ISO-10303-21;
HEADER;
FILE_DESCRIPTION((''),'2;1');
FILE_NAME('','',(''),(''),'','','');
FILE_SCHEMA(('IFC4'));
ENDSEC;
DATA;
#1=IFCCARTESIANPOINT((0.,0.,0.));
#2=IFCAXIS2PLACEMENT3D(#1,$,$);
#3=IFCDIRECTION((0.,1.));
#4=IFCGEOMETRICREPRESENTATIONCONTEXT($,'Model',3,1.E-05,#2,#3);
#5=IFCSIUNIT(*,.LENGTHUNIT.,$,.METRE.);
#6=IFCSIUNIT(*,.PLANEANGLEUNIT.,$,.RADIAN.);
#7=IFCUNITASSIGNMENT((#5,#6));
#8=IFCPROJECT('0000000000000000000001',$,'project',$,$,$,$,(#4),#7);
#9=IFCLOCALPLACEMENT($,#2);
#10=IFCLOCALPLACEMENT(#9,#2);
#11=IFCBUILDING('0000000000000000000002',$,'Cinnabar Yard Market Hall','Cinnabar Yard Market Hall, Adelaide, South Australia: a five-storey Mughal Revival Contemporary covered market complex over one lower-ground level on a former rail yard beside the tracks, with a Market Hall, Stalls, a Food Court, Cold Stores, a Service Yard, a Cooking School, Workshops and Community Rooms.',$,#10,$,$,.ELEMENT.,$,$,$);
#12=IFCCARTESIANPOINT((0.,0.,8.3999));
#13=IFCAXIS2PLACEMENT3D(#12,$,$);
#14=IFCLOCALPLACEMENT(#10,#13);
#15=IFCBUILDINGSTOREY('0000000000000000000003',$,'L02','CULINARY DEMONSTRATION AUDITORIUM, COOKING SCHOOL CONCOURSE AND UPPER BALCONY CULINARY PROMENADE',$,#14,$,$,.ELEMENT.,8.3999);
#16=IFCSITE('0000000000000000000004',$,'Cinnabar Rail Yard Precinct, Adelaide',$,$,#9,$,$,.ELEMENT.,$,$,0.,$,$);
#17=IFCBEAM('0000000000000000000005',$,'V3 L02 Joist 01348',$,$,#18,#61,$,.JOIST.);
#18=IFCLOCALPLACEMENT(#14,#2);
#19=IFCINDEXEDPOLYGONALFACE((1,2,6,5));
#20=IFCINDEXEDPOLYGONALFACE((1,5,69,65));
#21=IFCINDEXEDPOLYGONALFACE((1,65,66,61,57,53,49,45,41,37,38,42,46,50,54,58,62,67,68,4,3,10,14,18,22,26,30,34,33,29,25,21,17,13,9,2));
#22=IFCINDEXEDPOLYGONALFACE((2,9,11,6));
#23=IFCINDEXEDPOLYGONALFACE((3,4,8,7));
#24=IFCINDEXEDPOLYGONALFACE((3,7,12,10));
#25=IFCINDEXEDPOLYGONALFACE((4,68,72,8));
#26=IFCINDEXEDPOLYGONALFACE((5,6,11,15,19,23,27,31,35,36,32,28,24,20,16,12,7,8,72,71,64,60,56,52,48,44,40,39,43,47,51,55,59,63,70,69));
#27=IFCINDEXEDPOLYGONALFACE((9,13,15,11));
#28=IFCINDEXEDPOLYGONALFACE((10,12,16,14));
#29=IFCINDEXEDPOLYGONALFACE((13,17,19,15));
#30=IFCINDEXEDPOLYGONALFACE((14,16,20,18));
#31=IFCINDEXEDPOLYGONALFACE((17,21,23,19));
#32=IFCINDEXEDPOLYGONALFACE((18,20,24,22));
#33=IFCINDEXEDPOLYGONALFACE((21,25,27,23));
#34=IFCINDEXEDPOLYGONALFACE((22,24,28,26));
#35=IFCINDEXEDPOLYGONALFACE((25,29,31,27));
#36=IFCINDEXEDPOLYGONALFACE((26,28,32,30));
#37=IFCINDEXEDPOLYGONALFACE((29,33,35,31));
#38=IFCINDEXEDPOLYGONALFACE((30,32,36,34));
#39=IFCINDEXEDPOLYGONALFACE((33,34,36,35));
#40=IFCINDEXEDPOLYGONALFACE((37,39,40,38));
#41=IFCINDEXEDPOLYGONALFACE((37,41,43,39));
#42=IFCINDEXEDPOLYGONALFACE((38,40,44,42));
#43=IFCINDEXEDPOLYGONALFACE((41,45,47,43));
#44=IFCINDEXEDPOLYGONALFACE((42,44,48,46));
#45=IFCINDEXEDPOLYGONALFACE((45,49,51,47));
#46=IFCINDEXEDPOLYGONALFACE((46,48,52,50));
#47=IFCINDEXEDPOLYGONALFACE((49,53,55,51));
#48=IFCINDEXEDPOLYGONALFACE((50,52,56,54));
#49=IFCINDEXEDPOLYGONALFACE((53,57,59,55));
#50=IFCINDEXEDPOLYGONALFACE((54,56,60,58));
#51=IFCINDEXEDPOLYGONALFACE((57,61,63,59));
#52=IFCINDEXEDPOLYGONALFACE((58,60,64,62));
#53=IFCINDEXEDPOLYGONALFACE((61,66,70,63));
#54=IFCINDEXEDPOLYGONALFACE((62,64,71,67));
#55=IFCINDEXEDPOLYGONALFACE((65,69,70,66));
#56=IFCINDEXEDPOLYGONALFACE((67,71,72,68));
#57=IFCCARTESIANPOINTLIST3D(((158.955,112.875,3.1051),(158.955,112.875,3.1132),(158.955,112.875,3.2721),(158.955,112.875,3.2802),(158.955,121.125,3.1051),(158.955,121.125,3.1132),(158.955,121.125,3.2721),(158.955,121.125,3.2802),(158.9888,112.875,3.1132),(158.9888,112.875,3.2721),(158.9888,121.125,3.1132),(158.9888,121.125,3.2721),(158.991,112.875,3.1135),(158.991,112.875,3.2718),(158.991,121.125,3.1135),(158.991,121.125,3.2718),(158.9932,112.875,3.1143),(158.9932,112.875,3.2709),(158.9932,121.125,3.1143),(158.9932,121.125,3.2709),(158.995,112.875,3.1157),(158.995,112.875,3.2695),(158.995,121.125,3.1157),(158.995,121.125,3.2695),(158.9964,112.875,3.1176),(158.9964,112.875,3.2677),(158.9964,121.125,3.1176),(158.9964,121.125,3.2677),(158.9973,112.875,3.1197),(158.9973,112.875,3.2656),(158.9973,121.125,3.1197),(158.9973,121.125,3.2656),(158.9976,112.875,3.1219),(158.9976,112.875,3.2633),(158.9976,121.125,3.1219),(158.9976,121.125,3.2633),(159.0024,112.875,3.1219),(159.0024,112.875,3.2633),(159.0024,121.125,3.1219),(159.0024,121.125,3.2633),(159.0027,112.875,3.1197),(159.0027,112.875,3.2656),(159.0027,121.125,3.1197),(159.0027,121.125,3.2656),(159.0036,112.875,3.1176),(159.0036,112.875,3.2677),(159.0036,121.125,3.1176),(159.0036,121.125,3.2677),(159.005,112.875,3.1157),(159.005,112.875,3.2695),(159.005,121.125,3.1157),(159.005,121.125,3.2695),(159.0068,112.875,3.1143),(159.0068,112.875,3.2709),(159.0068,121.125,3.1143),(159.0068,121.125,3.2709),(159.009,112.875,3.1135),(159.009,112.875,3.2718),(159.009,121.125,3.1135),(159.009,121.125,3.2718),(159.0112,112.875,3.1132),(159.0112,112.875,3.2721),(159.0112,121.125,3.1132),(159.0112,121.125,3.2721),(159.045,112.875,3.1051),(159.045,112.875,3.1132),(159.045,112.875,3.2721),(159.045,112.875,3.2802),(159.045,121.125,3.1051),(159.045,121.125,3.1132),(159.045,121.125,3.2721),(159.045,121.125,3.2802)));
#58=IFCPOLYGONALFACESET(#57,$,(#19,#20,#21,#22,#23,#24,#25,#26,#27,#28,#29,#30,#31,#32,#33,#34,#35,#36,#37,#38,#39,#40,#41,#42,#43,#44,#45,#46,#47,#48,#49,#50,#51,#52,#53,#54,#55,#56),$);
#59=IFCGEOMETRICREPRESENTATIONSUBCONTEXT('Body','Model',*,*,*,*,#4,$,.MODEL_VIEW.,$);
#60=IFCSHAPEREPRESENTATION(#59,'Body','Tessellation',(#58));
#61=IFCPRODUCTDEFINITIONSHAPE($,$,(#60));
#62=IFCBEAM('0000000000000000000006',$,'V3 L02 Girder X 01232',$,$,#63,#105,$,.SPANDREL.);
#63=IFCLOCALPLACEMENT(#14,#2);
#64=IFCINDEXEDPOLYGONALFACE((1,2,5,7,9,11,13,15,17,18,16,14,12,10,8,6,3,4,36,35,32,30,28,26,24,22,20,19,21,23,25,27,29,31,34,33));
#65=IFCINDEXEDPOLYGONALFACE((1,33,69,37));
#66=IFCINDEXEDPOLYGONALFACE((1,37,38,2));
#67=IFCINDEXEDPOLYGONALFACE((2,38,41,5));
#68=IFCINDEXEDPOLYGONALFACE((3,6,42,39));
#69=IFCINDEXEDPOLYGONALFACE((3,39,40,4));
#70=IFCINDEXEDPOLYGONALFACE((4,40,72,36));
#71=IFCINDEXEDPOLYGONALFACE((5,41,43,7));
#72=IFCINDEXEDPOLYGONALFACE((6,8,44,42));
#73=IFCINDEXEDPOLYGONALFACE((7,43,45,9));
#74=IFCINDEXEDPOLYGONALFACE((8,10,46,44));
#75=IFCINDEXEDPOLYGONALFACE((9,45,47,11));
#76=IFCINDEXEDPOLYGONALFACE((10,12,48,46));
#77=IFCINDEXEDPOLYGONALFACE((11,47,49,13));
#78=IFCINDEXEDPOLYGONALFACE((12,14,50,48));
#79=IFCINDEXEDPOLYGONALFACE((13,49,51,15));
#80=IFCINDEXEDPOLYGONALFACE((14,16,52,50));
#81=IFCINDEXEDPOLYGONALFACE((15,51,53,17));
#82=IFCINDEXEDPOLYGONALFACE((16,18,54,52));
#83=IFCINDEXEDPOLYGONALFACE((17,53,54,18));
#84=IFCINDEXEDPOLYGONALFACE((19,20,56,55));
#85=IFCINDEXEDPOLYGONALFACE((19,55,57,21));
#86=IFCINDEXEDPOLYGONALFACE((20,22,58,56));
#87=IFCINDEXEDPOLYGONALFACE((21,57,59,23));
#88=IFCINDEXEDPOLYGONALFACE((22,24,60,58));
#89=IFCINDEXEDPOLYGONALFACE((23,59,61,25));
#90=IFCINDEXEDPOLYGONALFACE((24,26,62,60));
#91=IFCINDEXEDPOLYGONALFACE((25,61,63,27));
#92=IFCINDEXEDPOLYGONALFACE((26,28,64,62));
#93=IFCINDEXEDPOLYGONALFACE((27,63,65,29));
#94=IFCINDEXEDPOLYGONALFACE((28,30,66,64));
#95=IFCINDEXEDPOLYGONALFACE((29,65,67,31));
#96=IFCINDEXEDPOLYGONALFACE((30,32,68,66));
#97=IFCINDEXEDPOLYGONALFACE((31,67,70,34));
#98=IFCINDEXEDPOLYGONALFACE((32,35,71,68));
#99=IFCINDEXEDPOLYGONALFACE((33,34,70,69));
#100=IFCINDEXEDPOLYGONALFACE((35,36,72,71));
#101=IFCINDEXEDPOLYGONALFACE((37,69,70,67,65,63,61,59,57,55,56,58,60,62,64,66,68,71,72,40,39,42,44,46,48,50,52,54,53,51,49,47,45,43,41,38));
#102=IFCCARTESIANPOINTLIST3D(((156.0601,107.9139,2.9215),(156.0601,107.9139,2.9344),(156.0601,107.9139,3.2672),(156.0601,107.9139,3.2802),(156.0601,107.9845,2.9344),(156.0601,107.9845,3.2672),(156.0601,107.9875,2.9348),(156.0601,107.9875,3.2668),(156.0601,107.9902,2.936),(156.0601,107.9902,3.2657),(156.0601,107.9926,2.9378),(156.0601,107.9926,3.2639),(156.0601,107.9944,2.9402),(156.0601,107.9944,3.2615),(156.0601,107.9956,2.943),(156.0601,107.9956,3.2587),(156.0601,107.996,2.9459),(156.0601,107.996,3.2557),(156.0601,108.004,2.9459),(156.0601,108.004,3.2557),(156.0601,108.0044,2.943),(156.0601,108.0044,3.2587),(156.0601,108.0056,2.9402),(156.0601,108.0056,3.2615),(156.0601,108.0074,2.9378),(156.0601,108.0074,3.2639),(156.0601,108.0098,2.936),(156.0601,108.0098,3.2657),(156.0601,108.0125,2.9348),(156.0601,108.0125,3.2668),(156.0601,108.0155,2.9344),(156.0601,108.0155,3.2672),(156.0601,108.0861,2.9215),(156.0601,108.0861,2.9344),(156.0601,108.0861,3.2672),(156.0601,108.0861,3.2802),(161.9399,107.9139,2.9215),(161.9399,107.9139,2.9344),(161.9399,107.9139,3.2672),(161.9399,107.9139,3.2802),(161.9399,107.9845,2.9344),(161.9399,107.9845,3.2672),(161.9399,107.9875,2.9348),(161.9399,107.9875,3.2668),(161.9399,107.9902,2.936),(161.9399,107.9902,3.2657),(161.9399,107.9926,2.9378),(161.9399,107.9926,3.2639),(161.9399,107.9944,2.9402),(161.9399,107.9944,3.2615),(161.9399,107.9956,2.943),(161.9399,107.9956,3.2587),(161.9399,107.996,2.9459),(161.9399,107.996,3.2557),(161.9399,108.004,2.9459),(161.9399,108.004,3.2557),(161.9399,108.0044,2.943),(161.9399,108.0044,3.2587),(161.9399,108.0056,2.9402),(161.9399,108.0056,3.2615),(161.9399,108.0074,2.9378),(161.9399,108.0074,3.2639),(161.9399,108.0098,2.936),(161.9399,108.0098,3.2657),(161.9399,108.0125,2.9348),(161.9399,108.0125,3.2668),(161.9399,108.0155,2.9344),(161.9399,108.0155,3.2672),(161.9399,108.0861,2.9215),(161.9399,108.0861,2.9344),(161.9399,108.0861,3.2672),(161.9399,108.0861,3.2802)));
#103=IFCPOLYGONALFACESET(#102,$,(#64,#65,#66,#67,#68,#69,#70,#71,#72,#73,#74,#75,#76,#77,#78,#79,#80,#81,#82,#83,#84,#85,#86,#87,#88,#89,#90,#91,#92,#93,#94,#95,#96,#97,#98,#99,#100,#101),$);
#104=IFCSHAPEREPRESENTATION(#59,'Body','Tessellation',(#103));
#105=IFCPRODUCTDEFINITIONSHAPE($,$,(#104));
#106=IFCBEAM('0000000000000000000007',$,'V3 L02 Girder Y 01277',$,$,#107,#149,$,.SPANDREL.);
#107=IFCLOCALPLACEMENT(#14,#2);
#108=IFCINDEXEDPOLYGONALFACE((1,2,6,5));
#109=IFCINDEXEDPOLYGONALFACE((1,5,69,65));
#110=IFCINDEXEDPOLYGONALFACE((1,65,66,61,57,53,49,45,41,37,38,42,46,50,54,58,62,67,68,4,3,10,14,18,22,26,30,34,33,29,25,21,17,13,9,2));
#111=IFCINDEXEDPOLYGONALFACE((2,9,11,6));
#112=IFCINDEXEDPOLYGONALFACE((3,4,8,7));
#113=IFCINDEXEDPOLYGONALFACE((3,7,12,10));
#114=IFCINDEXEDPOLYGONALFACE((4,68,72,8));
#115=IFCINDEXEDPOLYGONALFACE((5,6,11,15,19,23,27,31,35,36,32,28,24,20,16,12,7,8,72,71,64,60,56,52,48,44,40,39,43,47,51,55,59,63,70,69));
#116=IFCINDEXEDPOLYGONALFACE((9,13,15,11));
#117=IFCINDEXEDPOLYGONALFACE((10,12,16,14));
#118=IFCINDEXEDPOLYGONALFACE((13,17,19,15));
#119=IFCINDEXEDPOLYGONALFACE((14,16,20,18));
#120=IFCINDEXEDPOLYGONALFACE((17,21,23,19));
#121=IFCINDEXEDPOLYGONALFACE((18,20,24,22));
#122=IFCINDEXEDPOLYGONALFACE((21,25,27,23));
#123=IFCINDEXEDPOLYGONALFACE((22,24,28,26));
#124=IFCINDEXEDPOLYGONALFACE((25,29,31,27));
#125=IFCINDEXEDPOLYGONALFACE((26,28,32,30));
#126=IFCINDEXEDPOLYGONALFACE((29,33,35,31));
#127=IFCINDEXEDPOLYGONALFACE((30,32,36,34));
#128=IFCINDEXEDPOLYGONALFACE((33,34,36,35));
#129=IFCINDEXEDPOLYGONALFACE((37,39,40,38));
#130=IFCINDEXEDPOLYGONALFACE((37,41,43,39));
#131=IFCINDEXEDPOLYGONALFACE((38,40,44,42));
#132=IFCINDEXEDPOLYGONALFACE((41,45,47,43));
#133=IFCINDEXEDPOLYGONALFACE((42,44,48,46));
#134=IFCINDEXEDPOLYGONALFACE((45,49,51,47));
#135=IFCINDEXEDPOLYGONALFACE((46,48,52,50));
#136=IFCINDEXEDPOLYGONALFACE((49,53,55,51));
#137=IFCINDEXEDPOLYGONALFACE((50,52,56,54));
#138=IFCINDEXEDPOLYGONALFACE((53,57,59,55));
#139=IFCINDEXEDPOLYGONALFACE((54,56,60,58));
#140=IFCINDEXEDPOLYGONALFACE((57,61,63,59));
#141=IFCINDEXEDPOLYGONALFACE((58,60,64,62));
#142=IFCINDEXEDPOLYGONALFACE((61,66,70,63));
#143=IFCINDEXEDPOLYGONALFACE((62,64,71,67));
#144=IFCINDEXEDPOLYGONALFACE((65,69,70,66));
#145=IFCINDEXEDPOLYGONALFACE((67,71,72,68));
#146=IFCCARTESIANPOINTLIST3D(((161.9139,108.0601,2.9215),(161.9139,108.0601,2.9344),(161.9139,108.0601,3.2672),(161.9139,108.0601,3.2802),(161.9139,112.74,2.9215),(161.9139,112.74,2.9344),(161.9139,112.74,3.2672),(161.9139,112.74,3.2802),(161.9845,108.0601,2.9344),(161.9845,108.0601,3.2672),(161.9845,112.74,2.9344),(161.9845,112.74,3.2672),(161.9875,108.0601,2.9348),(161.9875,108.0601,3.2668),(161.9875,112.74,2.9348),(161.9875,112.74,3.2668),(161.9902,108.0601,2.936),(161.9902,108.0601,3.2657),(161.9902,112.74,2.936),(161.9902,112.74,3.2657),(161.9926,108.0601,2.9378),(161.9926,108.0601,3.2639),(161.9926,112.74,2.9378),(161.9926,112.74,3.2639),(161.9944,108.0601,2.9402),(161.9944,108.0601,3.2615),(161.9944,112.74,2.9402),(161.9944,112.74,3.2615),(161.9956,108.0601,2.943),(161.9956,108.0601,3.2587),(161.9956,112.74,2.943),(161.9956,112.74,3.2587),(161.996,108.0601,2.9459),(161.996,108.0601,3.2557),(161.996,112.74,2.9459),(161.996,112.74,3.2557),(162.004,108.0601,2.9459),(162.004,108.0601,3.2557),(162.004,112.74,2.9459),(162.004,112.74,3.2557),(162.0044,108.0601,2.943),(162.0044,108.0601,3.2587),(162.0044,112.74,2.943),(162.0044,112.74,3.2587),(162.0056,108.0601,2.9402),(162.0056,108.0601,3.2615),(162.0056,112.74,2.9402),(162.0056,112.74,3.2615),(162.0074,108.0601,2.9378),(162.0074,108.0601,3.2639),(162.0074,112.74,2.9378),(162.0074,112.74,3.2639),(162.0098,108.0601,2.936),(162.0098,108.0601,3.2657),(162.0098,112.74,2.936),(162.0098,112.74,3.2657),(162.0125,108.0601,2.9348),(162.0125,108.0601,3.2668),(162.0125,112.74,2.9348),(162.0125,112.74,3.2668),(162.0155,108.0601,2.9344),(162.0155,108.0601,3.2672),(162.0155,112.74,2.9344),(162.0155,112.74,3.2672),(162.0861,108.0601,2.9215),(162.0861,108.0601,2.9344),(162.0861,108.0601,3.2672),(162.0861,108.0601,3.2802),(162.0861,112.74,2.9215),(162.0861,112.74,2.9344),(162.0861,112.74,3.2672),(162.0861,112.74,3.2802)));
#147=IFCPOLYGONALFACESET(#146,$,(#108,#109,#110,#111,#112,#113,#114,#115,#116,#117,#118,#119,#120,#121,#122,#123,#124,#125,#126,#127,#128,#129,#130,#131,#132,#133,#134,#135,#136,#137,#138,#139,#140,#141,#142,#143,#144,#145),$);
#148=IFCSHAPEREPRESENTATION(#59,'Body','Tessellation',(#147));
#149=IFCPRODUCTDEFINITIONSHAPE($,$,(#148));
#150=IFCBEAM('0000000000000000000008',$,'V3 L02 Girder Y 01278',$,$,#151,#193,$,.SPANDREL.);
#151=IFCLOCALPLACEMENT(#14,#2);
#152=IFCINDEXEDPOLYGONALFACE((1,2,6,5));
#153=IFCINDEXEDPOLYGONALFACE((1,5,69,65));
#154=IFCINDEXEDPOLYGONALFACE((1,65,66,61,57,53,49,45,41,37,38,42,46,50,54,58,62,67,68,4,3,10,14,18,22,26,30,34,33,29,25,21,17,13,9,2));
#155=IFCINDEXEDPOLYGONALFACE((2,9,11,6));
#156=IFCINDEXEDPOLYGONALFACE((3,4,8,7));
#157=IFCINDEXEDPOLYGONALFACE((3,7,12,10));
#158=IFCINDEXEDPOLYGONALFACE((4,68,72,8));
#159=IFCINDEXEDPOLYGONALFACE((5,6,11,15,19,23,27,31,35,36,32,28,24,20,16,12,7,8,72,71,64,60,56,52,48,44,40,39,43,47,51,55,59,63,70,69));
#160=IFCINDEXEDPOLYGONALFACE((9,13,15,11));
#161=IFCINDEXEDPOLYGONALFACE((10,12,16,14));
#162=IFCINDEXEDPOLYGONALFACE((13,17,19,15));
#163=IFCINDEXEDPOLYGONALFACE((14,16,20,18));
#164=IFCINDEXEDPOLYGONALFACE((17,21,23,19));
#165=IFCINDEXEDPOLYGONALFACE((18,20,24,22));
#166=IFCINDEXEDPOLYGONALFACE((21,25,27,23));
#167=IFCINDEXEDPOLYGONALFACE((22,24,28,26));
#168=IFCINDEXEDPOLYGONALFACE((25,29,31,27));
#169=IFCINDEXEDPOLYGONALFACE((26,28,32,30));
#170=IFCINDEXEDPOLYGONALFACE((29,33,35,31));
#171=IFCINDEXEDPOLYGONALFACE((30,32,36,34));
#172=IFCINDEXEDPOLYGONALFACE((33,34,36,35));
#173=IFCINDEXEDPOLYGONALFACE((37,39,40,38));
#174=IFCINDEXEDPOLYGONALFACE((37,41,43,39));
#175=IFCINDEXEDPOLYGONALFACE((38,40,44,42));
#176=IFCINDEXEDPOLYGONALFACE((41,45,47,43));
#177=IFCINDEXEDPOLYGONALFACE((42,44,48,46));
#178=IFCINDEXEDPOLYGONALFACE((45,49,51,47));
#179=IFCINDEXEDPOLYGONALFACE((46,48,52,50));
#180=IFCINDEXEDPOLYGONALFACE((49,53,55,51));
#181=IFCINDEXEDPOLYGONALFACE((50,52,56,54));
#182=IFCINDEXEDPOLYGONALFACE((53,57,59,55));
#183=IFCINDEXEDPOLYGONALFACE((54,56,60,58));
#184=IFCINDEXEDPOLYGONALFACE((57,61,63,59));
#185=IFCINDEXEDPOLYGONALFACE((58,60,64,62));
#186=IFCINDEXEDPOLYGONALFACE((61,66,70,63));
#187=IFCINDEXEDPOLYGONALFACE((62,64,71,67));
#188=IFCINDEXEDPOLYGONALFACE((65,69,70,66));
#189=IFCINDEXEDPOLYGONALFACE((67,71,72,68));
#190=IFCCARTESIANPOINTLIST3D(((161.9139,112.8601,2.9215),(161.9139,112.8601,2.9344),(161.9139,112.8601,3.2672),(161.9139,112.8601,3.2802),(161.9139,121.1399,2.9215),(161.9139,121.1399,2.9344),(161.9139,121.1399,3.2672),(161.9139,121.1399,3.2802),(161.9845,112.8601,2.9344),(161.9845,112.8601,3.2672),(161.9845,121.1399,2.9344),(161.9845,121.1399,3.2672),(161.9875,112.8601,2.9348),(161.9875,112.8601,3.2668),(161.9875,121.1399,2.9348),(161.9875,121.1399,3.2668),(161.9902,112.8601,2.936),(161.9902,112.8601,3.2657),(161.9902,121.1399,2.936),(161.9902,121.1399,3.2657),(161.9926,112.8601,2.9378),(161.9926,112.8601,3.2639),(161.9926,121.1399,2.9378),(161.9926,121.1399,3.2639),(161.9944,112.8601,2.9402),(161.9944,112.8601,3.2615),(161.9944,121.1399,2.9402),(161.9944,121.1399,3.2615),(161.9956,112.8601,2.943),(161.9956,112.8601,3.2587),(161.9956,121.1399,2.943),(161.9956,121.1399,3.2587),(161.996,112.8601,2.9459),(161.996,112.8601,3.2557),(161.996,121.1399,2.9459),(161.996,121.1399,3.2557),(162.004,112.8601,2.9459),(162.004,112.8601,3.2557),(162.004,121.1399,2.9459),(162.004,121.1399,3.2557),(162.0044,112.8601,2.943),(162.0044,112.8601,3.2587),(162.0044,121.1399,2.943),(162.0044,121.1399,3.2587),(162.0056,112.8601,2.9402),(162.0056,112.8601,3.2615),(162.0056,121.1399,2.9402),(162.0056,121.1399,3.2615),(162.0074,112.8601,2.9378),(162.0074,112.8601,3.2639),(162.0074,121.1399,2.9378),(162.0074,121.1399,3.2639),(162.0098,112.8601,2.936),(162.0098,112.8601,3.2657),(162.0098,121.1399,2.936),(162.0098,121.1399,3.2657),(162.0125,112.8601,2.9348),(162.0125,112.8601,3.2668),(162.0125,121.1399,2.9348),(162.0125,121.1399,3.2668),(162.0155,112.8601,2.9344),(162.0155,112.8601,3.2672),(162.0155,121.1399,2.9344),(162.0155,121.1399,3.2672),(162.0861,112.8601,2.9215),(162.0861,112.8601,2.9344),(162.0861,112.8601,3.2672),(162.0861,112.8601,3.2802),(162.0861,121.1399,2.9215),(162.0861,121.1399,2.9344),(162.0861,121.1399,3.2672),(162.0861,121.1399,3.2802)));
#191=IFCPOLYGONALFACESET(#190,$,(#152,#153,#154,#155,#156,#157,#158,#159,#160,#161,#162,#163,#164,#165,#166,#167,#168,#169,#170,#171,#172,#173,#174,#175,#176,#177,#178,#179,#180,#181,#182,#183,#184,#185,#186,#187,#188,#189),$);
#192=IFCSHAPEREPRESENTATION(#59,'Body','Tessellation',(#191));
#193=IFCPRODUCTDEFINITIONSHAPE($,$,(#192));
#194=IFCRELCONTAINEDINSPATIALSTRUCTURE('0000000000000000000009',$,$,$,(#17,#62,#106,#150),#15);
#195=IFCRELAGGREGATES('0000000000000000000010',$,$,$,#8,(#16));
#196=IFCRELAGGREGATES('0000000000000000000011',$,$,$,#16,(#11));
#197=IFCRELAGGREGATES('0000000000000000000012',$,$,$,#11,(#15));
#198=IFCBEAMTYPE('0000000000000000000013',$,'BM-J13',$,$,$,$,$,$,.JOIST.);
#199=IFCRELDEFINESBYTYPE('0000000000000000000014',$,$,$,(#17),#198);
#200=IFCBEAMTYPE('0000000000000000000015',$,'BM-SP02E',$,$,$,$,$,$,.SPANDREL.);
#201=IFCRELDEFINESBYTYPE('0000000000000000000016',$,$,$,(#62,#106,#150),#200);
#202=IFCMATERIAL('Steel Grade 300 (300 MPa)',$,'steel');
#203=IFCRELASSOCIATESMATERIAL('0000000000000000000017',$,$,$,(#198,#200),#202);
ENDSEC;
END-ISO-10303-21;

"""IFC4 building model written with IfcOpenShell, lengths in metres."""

from ifc_helpers import new_model, si_unit, direction, frame, origin, origin_2d_with_axis, place, context, subcontext, project, spatial, i_section, extrude, material, material_profile, profile_set, type_object, element, save


model = new_model("IFC4")

# Units and contexts
model_context = context("Model", 3, precision=1e-05, world=origin(), true_north=direction((0.0, 1.0)))
body_context = subcontext(model_context, "Body", "Model", "MODEL_VIEW")
ifc_project = project(units=[si_unit("LENGTHUNIT", "METRE"), si_unit("PLANEANGLEUNIT", "RADIAN")], contexts=[model_context])

# Site, building, storey
site_placement = place(None, origin())
site = spatial("IfcSite", under=ifc_project, at=site_placement, Name="Cinnabar Rail Yard Precinct, Adelaide", CompositionType="ELEMENT", RefElevation=0.0)
building_placement = place(site_placement, origin())
building = spatial("IfcBuilding", under=site, at=building_placement, Name="Cinnabar Yard Market Hall", Description="Cinnabar Yard Market Hall, Adelaide, South Australia: a five-storey Mughal Revival Contemporary covered market complex over one lower-ground level on a former rail yard beside the tracks, with a Market Hall, Stalls, a Food Court, Cold Stores, a Service Yard, a Cooking School, Workshops and Community Rooms.", CompositionType="ELEMENT")
storey_placement = place(building_placement, frame((0.0, 0.0, 8.3999)))
storey = spatial("IfcBuildingStorey", under=building, at=storey_placement, Name="L02", Description="CULINARY DEMONSTRATION AUDITORIUM, COOKING SCHOOL CONCOURSE AND UPPER BALCONY CULINARY PROMENADE", CompositionType="ELEMENT", Elevation=8.3999)

# Shared definitions
ifc_material_1 = material(Name="Steel Grade 300 (300 MPa)", Category="steel")

# Beams
ifc_material_profile_1 = material_profile(ifc_material_1, i_section(OverallWidth=0.0901, OverallDepth=0.175, WebThickness=0.0049, FlangeThickness=0.0081, FilletRadius=0.0088, at=origin_2d_with_axis()), Name="180UB18.1")
ifc_profile_set_1 = profile_set([ifc_material_profile_1], Name="Steel Grade 300 (300 MPa)")
beam_type_1 = type_object("IfcBeamType", Name="BM-J13", PredefinedType="JOIST", material=ifc_profile_set_1)
beam_1_placement = place(storey_placement, frame((159.0, 112.875, 3.1926), z_axis=(0.0, 1.0, 0.0), x_axis=(-1.0, 0.0, 0.0)))
element("IfcBeam", 1, at=beam_1_placement, inside=storey, type_object=beam_type_1, Name="V3 L02 Joist 01348", PredefinedType="JOIST", context=body_context, shape_type="SweptSolid", body=[
    extrude(i_section(OverallWidth=0.0901, OverallDepth=0.175, WebThickness=0.0049, FlangeThickness=0.0081, FilletRadius=0.0088, at=origin_2d_with_axis()), origin(), (0.0, 0.0, 1.0), 8.25),
])
ifc_material_profile_2 = material_profile(ifc_material_1, i_section(OverallWidth=0.1721, OverallDepth=0.3586, WebThickness=0.0081, FlangeThickness=0.0129, FilletRadius=0.0115, at=origin_2d_with_axis()), Name="360UB56.7")
ifc_profile_set_2 = profile_set([ifc_material_profile_2], Name="Steel Grade 300 (300 MPa)")
beam_type_2 = type_object("IfcBeamType", Name="BM-SP02E", PredefinedType="SPANDREL", material=ifc_profile_set_2)
beam_2_placement = place(storey_placement, frame((156.0601, 108.0, 3.1008), z_axis=(1.0, 0.0, 0.0), x_axis=(0.0, 1.0, 0.0)))
element("IfcBeam", 2, at=beam_2_placement, inside=storey, type_object=beam_type_2, Name="V3 L02 Girder X 01232", PredefinedType="SPANDREL", context=body_context, shape_type="SweptSolid", body=[
    extrude(i_section(OverallWidth=0.1721, OverallDepth=0.3586, WebThickness=0.0081, FlangeThickness=0.0129, FilletRadius=0.0115, at=origin_2d_with_axis()), origin(), (0.0, 0.0, 1.0), 5.8799),
])
beam_3_placement = place(storey_placement, frame((162.0, 108.0601, 3.1008), z_axis=(0.0, 1.0, 0.0), x_axis=(-1.0, 0.0, 0.0)))
element("IfcBeam", 3, at=beam_3_placement, inside=storey, type_object=beam_type_2, Name="V3 L02 Girder Y 01277", PredefinedType="SPANDREL", context=body_context, shape_type="SweptSolid", body=[
    extrude(i_section(OverallWidth=0.1721, OverallDepth=0.3586, WebThickness=0.0081, FlangeThickness=0.0129, FilletRadius=0.0115, at=origin_2d_with_axis()), origin(), (0.0, 0.0, 1.0), 4.6799),
])
beam_4_placement = place(storey_placement, frame((162.0, 112.8601, 3.1008), z_axis=(0.0, 1.0, 0.0), x_axis=(-1.0, 0.0, 0.0)))
element("IfcBeam", 4, at=beam_4_placement, inside=storey, type_object=beam_type_2, Name="V3 L02 Girder Y 01278", PredefinedType="SPANDREL", context=body_context, shape_type="SweptSolid", body=[
    extrude(i_section(OverallWidth=0.1721, OverallDepth=0.3586, WebThickness=0.0081, FlangeThickness=0.0129, FilletRadius=0.0115, at=origin_2d_with_axis()), origin(), (0.0, 0.0, 1.0), 8.2798),
])

save(model, "model.ifc")
